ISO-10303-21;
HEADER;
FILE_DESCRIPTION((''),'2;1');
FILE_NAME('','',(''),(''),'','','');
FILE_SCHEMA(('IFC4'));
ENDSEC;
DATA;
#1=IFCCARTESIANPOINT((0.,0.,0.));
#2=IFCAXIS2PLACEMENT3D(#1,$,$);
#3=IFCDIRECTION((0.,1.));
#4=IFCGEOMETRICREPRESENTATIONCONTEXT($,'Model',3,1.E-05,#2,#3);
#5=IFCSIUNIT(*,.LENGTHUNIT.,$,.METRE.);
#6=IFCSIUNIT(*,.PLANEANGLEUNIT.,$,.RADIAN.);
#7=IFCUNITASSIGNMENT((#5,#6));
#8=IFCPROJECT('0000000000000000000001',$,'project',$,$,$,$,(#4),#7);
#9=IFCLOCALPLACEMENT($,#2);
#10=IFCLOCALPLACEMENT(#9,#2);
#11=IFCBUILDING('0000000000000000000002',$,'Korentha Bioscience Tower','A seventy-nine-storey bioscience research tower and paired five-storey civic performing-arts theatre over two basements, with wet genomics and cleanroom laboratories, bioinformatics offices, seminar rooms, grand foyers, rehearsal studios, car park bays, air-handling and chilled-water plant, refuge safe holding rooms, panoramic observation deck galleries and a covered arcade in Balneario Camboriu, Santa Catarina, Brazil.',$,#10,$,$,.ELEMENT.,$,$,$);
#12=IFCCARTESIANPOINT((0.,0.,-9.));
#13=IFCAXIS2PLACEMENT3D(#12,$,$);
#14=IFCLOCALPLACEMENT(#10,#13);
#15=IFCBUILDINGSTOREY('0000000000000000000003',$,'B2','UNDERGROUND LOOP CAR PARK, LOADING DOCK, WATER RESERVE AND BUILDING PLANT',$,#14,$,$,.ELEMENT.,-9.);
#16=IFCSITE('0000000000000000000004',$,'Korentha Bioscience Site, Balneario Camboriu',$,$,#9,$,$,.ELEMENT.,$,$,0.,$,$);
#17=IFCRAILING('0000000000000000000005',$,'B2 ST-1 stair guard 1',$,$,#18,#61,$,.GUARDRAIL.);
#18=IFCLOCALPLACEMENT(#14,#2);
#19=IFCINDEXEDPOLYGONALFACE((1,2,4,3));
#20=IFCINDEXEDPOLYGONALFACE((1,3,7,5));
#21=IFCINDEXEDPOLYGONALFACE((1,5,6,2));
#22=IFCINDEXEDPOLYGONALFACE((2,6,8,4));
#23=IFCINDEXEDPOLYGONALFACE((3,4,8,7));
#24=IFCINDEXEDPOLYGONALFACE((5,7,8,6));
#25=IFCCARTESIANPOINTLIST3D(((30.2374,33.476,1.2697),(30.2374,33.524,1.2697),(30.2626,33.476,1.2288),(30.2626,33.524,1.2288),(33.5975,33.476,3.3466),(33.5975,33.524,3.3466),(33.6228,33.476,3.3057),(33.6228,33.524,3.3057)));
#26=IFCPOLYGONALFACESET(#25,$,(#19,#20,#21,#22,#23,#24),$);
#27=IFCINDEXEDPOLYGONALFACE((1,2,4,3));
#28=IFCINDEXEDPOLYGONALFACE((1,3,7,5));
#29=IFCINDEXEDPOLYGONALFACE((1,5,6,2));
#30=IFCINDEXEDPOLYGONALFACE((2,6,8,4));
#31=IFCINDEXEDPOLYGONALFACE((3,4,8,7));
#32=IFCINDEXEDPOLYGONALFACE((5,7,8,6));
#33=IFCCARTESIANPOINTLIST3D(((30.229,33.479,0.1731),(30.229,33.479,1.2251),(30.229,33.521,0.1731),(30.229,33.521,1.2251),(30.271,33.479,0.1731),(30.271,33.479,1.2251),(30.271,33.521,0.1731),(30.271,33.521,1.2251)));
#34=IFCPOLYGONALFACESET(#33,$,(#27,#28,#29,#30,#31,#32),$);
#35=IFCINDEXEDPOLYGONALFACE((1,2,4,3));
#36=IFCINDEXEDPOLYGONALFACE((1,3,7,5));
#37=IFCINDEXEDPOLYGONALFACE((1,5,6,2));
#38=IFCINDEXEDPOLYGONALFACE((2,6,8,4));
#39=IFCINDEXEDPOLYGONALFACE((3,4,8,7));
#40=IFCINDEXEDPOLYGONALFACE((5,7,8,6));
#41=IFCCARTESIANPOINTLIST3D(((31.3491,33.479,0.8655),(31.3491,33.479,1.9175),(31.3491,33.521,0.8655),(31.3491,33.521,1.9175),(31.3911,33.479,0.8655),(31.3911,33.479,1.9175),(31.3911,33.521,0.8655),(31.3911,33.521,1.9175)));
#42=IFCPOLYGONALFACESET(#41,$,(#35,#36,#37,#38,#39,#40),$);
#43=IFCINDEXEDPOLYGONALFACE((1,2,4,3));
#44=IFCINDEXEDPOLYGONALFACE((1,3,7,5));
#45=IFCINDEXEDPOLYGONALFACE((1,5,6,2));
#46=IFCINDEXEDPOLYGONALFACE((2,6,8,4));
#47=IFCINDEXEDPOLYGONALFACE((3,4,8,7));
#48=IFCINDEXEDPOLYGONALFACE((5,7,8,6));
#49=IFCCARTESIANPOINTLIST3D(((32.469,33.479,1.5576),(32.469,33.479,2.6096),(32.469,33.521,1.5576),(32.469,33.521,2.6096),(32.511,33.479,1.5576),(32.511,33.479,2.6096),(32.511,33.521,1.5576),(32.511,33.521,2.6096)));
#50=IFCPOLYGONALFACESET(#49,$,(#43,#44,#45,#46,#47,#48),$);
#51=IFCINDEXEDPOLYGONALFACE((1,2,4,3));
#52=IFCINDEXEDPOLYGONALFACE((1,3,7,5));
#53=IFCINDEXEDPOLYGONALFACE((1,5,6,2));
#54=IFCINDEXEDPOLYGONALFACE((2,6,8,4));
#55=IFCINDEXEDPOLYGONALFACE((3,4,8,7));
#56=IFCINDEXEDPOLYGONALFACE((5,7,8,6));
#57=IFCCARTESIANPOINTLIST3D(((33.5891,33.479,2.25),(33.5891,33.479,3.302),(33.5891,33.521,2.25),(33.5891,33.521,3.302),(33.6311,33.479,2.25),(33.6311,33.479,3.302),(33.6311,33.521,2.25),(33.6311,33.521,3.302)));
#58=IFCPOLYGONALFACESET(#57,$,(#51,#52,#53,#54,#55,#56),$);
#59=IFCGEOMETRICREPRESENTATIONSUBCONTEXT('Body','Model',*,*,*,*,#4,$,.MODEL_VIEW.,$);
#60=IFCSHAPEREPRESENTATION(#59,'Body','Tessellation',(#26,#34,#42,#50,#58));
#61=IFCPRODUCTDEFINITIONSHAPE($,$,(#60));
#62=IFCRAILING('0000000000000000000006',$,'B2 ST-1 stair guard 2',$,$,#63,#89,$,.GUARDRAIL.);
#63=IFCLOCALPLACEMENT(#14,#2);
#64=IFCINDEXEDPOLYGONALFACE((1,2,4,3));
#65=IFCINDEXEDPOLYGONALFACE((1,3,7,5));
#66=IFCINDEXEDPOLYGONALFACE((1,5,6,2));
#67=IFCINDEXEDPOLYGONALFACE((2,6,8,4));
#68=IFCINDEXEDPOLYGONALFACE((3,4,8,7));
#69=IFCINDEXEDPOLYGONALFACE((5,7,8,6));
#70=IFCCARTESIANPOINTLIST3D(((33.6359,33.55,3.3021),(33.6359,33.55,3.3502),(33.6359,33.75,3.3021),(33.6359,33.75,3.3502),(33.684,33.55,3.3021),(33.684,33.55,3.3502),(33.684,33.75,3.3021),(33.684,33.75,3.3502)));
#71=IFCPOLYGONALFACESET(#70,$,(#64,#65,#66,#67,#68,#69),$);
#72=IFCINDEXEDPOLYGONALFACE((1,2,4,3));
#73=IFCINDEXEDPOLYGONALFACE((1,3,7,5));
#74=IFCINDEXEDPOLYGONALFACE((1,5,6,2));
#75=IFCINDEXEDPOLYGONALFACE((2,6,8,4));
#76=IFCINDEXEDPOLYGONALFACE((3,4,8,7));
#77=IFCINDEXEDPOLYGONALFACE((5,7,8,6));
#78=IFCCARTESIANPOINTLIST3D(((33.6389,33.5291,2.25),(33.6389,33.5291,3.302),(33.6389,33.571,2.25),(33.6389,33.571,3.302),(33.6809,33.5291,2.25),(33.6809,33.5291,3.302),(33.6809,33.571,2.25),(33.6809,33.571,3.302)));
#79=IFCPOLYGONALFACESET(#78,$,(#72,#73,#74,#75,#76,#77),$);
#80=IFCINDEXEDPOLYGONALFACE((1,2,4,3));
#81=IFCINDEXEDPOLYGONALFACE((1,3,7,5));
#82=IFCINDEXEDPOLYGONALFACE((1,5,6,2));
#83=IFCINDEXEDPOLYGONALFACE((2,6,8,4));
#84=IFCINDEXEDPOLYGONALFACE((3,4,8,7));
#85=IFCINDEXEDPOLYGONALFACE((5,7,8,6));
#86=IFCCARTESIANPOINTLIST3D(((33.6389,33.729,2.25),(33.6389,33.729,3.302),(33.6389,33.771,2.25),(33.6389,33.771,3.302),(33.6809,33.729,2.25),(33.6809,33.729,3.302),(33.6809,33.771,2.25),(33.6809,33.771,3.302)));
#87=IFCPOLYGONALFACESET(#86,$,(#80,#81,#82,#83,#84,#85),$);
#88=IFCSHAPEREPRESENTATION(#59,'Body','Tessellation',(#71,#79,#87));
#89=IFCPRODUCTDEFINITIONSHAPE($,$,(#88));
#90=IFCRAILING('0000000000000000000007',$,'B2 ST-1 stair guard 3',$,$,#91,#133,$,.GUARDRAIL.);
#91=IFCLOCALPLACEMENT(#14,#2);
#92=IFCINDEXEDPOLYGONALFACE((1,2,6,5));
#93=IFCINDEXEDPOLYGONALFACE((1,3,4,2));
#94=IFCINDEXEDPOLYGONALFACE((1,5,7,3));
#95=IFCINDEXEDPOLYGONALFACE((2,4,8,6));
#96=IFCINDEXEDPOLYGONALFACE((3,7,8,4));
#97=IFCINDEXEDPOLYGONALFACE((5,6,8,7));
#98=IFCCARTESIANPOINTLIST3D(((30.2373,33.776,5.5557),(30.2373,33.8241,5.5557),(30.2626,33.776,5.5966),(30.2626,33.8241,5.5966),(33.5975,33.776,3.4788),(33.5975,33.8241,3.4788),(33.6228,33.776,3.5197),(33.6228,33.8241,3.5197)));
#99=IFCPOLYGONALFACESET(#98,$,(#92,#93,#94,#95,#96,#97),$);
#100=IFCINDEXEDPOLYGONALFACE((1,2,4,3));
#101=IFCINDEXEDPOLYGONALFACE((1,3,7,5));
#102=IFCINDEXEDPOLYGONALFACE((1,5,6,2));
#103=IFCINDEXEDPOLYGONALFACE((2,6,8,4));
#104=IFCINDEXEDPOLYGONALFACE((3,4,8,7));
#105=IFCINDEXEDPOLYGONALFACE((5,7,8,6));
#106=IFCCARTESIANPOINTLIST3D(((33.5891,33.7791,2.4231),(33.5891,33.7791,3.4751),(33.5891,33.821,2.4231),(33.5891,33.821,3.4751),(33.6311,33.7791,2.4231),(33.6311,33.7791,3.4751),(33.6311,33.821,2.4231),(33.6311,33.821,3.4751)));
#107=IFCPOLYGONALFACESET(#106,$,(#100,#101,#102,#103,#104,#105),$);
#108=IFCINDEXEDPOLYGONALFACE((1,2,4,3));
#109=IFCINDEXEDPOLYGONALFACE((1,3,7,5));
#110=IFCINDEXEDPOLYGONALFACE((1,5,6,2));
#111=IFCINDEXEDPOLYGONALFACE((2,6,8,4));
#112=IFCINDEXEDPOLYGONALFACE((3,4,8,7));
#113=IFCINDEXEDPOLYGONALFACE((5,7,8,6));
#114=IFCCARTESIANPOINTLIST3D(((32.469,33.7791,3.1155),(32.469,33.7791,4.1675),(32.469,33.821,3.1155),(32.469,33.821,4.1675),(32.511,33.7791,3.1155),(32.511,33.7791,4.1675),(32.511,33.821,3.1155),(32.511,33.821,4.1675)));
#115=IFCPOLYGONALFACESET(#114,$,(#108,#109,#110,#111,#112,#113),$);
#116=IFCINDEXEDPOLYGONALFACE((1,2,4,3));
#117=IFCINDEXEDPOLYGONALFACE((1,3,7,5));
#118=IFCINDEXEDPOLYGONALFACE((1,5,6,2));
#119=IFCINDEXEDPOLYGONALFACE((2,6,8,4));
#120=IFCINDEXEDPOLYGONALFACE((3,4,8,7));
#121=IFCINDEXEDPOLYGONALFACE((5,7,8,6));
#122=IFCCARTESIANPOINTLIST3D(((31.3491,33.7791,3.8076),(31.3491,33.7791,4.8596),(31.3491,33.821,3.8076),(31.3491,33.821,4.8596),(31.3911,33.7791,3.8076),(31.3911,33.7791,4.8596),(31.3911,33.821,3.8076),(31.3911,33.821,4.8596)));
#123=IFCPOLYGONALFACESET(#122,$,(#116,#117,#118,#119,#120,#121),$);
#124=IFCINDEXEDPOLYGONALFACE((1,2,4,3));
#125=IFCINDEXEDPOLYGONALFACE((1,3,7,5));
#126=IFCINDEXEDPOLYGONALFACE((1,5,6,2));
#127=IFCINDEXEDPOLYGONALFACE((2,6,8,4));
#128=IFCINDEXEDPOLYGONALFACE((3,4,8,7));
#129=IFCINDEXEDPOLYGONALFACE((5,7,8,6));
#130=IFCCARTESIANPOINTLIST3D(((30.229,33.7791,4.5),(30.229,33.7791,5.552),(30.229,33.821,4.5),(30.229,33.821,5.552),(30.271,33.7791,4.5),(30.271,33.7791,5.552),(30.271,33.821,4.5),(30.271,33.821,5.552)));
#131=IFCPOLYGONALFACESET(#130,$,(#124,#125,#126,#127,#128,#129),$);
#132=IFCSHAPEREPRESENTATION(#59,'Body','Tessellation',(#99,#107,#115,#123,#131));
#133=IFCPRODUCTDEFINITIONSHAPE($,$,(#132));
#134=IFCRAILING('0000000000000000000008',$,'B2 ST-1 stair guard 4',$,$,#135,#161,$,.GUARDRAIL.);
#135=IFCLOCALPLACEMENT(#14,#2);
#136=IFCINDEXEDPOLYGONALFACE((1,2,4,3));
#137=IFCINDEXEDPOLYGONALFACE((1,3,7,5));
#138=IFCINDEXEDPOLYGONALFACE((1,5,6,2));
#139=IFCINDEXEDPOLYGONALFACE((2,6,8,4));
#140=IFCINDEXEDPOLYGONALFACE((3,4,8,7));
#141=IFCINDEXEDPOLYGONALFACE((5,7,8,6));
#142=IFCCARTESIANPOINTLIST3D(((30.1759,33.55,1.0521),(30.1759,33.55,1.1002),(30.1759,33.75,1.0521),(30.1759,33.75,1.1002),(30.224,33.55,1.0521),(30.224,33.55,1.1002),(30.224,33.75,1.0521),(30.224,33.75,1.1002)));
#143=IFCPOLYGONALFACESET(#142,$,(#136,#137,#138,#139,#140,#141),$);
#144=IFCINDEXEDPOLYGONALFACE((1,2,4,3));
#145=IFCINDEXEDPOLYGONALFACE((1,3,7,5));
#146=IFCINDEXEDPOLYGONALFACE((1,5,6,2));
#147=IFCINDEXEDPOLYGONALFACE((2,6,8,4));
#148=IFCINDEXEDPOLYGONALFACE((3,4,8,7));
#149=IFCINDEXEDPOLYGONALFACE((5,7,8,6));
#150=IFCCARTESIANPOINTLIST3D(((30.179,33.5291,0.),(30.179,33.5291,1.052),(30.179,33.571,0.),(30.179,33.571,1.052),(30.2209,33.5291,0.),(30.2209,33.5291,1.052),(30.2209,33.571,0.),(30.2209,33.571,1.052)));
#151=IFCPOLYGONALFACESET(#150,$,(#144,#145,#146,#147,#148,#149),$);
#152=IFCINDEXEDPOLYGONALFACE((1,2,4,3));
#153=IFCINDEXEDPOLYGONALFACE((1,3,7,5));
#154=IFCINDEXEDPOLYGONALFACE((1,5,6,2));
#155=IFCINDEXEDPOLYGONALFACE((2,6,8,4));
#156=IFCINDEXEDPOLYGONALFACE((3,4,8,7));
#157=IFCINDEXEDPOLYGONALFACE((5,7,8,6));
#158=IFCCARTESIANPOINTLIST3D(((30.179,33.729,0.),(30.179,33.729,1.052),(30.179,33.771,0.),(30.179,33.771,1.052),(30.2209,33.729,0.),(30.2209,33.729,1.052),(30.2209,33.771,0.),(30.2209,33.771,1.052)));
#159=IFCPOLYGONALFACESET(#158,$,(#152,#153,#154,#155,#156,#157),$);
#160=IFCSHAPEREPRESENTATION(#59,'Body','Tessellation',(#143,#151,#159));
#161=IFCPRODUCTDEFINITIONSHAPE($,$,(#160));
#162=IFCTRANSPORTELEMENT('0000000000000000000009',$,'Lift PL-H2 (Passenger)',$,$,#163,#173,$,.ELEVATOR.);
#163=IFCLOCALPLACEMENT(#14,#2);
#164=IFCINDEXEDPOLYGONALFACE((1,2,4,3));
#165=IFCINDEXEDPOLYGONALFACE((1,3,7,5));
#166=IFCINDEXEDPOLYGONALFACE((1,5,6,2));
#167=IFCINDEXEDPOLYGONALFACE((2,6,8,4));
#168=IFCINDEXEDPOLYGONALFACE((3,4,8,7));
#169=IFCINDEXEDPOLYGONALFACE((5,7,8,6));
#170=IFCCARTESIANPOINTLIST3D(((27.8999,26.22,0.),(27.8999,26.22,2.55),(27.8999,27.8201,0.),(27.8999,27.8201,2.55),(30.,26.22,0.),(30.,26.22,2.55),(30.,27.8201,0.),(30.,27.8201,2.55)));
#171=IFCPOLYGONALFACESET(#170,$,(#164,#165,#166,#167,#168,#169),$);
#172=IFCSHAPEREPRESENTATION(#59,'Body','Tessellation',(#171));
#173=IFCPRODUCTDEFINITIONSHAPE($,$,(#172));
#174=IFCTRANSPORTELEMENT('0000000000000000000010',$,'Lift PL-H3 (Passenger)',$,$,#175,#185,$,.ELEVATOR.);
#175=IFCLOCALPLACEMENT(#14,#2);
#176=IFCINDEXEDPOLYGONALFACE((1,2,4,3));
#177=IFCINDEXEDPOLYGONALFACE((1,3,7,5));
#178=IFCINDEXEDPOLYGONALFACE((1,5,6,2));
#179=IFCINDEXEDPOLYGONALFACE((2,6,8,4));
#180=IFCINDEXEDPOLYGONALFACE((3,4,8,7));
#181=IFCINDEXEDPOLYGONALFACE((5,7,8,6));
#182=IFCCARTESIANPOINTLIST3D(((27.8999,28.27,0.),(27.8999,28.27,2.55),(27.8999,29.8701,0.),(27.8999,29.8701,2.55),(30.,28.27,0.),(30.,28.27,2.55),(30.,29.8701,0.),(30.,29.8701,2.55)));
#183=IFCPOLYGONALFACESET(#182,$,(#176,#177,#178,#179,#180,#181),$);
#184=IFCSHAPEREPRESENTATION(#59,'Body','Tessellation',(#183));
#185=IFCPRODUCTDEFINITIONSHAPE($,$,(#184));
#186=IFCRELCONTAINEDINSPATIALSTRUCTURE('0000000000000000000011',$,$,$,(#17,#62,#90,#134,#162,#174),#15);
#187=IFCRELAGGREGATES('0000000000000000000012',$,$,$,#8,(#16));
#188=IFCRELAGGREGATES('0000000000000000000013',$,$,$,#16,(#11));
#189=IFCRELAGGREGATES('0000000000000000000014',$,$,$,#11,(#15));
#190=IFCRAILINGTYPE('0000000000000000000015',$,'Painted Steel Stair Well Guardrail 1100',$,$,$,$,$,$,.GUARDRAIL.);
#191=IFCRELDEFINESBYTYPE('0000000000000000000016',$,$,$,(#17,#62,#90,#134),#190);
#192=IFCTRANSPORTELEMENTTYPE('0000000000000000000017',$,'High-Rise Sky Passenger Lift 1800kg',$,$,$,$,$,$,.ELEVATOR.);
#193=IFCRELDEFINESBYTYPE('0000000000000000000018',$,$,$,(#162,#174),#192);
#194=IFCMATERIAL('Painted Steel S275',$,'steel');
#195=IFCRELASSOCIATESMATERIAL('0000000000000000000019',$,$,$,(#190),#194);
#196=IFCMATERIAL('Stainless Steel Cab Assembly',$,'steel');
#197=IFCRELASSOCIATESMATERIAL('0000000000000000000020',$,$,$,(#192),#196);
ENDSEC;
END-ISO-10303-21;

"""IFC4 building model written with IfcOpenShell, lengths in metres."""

from ifc_helpers import new_model, si_unit, direction, frame, origin, origin_2d, place, context, subcontext, project, spatial, rectangle, extrude, material, type_object, element, save


model = new_model("IFC4")

# Units and contexts
model_context = context("Model", 3, precision=1e-05, world=origin(), true_north=direction((0.0, 1.0)))
body_context = subcontext(model_context, "Body", "Model", "MODEL_VIEW")
ifc_project = project(units=[si_unit("LENGTHUNIT", "METRE"), si_unit("PLANEANGLEUNIT", "RADIAN")], contexts=[model_context])

# Site, building, storey
site_placement = place(None, origin())
site = spatial("IfcSite", under=ifc_project, at=site_placement, Name="Korentha Bioscience Site, Balneario Camboriu", CompositionType="ELEMENT", RefElevation=0.0)
building_placement = place(site_placement, origin())
building = spatial("IfcBuilding", under=site, at=building_placement, Name="Korentha Bioscience Tower", Description="A seventy-nine-storey bioscience research tower and paired five-storey civic performing-arts theatre over two basements, with wet genomics and cleanroom laboratories, bioinformatics offices, seminar rooms, grand foyers, rehearsal studios, car park bays, air-handling and chilled-water plant, refuge safe holding rooms, panoramic observation deck galleries and a covered arcade in Balneario Camboriu, Santa Catarina, Brazil.", CompositionType="ELEMENT")
storey_placement = place(building_placement, frame((0.0, 0.0, -9.0)))
storey = spatial("IfcBuildingStorey", under=building, at=storey_placement, Name="B2", Description="UNDERGROUND LOOP CAR PARK, LOADING DOCK, WATER RESERVE AND BUILDING PLANT", CompositionType="ELEMENT", Elevation=-9.0)

# Railings
ifc_material_1 = material(Name="Painted Steel S275", Category="steel")
railing_type_1 = type_object("IfcRailingType", Name="Painted Steel Stair Well Guardrail 1100", PredefinedType="GUARDRAIL", material=ifc_material_1)
railing_1_placement = place(storey_placement, frame((30.25, 33.5, 0.1731)))
element("IfcRailing", 1, at=railing_1_placement, inside=storey, type_object=railing_type_1, Name="B2 ST-1 stair guard 1", PredefinedType="GUARDRAIL", context=body_context, shape_type="SweptSolid", body=[
    extrude(rectangle(XDim=0.0481, YDim=0.0481, at=origin_2d()), frame((0.0, 0.0, 1.0762), z_axis=(0.850623, 0.0, 0.525776), x_axis=(0.0, 1.0, 0.0)), (0.0, 0.0, 1.0), 3.9502),
    extrude(rectangle(XDim=0.042, YDim=0.042, at=origin_2d()), origin(), (0.0, 0.0, 1.0), 1.052),
    extrude(rectangle(XDim=0.042, YDim=0.042, at=origin_2d()), frame((1.1201, 0.0, 0.6924)), (0.0, 0.0, 1.0), 1.052),
    extrude(rectangle(XDim=0.042, YDim=0.042, at=origin_2d()), frame((2.24, 0.0, 1.3845)), (0.0, 0.0, 1.0), 1.052),
    extrude(rectangle(XDim=0.042, YDim=0.042, at=origin_2d()), frame((3.3601, 0.0, 2.0769)), (0.0, 0.0, 1.0), 1.052),
])
railing_2_placement = place(storey_placement, frame((33.6599, 33.55, 2.25)))
element("IfcRailing", 2, at=railing_2_placement, inside=storey, type_object=railing_type_1, Name="B2 ST-1 stair guard 2", PredefinedType="GUARDRAIL", context=body_context, shape_type="SweptSolid", body=[
    extrude(rectangle(XDim=0.0481, YDim=0.0481, at=origin_2d()), frame((0.0, 0.0, 1.0762), z_axis=(0.0, 1.0, 0.0), x_axis=(-1.0, 0.0, 0.0)), (0.0, 0.0, 1.0), 0.2),
    extrude(rectangle(XDim=0.042, YDim=0.042, at=origin_2d()), origin(), (0.0, 0.0, 1.0), 1.052),
    extrude(rectangle(XDim=0.042, YDim=0.042, at=origin_2d()), frame((0.0, 0.2, 0.0)), (0.0, 0.0, 1.0), 1.052),
])
railing_3_placement = place(storey_placement, frame((33.6101, 33.8, 2.4231)))
element("IfcRailing", 3, at=railing_3_placement, inside=storey, type_object=railing_type_1, Name="B2 ST-1 stair guard 3", PredefinedType="GUARDRAIL", context=body_context, shape_type="SweptSolid", body=[
    extrude(rectangle(XDim=0.0481, YDim=0.0481, at=origin_2d()), frame((0.0, 0.0, 1.0762), z_axis=(-0.850623, 0.0, 0.525776), x_axis=(0.0, -1.0, 0.0)), (0.0, 0.0, 1.0), 3.9502),
    extrude(rectangle(XDim=0.042, YDim=0.042, at=origin_2d()), origin(), (0.0, 0.0, 1.0), 1.052),
    extrude(rectangle(XDim=0.042, YDim=0.042, at=origin_2d()), frame((-1.1201, 0.0, 0.6924)), (0.0, 0.0, 1.0), 1.052),
    extrude(rectangle(XDim=0.042, YDim=0.042, at=origin_2d()), frame((-2.24, 0.0, 1.3845)), (0.0, 0.0, 1.0), 1.052),
    extrude(rectangle(XDim=0.042, YDim=0.042, at=origin_2d()), frame((-3.3601, 0.0, 2.0769)), (0.0, 0.0, 1.0), 1.052),
])
railing_4_placement = place(storey_placement, frame((30.2, 33.55, 0.0)))
element("IfcRailing", 4, at=railing_4_placement, inside=storey, type_object=railing_type_1, Name="B2 ST-1 stair guard 4", PredefinedType="GUARDRAIL", context=body_context, shape_type="SweptSolid", body=[
    extrude(rectangle(XDim=0.0481, YDim=0.0481, at=origin_2d()), frame((0.0, 0.0, 1.0762), z_axis=(0.0, 1.0, 0.0), x_axis=(-1.0, 0.0, 0.0)), (0.0, 0.0, 1.0), 0.2),
    extrude(rectangle(XDim=0.042, YDim=0.042, at=origin_2d()), origin(), (0.0, 0.0, 1.0), 1.052),
    extrude(rectangle(XDim=0.042, YDim=0.042, at=origin_2d()), frame((0.0, 0.2, 0.0)), (0.0, 0.0, 1.0), 1.052),
])

# Transport elements
ifc_material_2 = material(Name="Stainless Steel Cab Assembly", Category="steel")
transport_element_type = type_object("IfcTransportElementType", Name="High-Rise Sky Passenger Lift 1800kg", PredefinedType="ELEVATOR", material=ifc_material_2)
for number, where, z_axis, x_axis, name in (
    (5, (28.95, 27.02, 0.0), (0.0, 0.0, 1.0), (0.0, 1.0, 0.0), "Lift PL-H2 (Passenger)"),
    (6, (28.95, 29.0701, 0.0), (0.0, 0.0, 1.0), (0.0, 1.0, 0.0), "Lift PL-H3 (Passenger)"),
):
    element("IfcTransportElement", number, at=place(storey_placement, frame(where, z_axis=z_axis, x_axis=x_axis)), inside=storey, type_object=transport_element_type, Name=name, PredefinedType="ELEVATOR", context=body_context, shape_type="SweptSolid", body=[
        extrude(rectangle(XDim=1.6001, YDim=2.1001, at=origin_2d()), origin(), (0.0, 0.0, 1.0), 2.55),
    ])

save(model, "model.ifc")
